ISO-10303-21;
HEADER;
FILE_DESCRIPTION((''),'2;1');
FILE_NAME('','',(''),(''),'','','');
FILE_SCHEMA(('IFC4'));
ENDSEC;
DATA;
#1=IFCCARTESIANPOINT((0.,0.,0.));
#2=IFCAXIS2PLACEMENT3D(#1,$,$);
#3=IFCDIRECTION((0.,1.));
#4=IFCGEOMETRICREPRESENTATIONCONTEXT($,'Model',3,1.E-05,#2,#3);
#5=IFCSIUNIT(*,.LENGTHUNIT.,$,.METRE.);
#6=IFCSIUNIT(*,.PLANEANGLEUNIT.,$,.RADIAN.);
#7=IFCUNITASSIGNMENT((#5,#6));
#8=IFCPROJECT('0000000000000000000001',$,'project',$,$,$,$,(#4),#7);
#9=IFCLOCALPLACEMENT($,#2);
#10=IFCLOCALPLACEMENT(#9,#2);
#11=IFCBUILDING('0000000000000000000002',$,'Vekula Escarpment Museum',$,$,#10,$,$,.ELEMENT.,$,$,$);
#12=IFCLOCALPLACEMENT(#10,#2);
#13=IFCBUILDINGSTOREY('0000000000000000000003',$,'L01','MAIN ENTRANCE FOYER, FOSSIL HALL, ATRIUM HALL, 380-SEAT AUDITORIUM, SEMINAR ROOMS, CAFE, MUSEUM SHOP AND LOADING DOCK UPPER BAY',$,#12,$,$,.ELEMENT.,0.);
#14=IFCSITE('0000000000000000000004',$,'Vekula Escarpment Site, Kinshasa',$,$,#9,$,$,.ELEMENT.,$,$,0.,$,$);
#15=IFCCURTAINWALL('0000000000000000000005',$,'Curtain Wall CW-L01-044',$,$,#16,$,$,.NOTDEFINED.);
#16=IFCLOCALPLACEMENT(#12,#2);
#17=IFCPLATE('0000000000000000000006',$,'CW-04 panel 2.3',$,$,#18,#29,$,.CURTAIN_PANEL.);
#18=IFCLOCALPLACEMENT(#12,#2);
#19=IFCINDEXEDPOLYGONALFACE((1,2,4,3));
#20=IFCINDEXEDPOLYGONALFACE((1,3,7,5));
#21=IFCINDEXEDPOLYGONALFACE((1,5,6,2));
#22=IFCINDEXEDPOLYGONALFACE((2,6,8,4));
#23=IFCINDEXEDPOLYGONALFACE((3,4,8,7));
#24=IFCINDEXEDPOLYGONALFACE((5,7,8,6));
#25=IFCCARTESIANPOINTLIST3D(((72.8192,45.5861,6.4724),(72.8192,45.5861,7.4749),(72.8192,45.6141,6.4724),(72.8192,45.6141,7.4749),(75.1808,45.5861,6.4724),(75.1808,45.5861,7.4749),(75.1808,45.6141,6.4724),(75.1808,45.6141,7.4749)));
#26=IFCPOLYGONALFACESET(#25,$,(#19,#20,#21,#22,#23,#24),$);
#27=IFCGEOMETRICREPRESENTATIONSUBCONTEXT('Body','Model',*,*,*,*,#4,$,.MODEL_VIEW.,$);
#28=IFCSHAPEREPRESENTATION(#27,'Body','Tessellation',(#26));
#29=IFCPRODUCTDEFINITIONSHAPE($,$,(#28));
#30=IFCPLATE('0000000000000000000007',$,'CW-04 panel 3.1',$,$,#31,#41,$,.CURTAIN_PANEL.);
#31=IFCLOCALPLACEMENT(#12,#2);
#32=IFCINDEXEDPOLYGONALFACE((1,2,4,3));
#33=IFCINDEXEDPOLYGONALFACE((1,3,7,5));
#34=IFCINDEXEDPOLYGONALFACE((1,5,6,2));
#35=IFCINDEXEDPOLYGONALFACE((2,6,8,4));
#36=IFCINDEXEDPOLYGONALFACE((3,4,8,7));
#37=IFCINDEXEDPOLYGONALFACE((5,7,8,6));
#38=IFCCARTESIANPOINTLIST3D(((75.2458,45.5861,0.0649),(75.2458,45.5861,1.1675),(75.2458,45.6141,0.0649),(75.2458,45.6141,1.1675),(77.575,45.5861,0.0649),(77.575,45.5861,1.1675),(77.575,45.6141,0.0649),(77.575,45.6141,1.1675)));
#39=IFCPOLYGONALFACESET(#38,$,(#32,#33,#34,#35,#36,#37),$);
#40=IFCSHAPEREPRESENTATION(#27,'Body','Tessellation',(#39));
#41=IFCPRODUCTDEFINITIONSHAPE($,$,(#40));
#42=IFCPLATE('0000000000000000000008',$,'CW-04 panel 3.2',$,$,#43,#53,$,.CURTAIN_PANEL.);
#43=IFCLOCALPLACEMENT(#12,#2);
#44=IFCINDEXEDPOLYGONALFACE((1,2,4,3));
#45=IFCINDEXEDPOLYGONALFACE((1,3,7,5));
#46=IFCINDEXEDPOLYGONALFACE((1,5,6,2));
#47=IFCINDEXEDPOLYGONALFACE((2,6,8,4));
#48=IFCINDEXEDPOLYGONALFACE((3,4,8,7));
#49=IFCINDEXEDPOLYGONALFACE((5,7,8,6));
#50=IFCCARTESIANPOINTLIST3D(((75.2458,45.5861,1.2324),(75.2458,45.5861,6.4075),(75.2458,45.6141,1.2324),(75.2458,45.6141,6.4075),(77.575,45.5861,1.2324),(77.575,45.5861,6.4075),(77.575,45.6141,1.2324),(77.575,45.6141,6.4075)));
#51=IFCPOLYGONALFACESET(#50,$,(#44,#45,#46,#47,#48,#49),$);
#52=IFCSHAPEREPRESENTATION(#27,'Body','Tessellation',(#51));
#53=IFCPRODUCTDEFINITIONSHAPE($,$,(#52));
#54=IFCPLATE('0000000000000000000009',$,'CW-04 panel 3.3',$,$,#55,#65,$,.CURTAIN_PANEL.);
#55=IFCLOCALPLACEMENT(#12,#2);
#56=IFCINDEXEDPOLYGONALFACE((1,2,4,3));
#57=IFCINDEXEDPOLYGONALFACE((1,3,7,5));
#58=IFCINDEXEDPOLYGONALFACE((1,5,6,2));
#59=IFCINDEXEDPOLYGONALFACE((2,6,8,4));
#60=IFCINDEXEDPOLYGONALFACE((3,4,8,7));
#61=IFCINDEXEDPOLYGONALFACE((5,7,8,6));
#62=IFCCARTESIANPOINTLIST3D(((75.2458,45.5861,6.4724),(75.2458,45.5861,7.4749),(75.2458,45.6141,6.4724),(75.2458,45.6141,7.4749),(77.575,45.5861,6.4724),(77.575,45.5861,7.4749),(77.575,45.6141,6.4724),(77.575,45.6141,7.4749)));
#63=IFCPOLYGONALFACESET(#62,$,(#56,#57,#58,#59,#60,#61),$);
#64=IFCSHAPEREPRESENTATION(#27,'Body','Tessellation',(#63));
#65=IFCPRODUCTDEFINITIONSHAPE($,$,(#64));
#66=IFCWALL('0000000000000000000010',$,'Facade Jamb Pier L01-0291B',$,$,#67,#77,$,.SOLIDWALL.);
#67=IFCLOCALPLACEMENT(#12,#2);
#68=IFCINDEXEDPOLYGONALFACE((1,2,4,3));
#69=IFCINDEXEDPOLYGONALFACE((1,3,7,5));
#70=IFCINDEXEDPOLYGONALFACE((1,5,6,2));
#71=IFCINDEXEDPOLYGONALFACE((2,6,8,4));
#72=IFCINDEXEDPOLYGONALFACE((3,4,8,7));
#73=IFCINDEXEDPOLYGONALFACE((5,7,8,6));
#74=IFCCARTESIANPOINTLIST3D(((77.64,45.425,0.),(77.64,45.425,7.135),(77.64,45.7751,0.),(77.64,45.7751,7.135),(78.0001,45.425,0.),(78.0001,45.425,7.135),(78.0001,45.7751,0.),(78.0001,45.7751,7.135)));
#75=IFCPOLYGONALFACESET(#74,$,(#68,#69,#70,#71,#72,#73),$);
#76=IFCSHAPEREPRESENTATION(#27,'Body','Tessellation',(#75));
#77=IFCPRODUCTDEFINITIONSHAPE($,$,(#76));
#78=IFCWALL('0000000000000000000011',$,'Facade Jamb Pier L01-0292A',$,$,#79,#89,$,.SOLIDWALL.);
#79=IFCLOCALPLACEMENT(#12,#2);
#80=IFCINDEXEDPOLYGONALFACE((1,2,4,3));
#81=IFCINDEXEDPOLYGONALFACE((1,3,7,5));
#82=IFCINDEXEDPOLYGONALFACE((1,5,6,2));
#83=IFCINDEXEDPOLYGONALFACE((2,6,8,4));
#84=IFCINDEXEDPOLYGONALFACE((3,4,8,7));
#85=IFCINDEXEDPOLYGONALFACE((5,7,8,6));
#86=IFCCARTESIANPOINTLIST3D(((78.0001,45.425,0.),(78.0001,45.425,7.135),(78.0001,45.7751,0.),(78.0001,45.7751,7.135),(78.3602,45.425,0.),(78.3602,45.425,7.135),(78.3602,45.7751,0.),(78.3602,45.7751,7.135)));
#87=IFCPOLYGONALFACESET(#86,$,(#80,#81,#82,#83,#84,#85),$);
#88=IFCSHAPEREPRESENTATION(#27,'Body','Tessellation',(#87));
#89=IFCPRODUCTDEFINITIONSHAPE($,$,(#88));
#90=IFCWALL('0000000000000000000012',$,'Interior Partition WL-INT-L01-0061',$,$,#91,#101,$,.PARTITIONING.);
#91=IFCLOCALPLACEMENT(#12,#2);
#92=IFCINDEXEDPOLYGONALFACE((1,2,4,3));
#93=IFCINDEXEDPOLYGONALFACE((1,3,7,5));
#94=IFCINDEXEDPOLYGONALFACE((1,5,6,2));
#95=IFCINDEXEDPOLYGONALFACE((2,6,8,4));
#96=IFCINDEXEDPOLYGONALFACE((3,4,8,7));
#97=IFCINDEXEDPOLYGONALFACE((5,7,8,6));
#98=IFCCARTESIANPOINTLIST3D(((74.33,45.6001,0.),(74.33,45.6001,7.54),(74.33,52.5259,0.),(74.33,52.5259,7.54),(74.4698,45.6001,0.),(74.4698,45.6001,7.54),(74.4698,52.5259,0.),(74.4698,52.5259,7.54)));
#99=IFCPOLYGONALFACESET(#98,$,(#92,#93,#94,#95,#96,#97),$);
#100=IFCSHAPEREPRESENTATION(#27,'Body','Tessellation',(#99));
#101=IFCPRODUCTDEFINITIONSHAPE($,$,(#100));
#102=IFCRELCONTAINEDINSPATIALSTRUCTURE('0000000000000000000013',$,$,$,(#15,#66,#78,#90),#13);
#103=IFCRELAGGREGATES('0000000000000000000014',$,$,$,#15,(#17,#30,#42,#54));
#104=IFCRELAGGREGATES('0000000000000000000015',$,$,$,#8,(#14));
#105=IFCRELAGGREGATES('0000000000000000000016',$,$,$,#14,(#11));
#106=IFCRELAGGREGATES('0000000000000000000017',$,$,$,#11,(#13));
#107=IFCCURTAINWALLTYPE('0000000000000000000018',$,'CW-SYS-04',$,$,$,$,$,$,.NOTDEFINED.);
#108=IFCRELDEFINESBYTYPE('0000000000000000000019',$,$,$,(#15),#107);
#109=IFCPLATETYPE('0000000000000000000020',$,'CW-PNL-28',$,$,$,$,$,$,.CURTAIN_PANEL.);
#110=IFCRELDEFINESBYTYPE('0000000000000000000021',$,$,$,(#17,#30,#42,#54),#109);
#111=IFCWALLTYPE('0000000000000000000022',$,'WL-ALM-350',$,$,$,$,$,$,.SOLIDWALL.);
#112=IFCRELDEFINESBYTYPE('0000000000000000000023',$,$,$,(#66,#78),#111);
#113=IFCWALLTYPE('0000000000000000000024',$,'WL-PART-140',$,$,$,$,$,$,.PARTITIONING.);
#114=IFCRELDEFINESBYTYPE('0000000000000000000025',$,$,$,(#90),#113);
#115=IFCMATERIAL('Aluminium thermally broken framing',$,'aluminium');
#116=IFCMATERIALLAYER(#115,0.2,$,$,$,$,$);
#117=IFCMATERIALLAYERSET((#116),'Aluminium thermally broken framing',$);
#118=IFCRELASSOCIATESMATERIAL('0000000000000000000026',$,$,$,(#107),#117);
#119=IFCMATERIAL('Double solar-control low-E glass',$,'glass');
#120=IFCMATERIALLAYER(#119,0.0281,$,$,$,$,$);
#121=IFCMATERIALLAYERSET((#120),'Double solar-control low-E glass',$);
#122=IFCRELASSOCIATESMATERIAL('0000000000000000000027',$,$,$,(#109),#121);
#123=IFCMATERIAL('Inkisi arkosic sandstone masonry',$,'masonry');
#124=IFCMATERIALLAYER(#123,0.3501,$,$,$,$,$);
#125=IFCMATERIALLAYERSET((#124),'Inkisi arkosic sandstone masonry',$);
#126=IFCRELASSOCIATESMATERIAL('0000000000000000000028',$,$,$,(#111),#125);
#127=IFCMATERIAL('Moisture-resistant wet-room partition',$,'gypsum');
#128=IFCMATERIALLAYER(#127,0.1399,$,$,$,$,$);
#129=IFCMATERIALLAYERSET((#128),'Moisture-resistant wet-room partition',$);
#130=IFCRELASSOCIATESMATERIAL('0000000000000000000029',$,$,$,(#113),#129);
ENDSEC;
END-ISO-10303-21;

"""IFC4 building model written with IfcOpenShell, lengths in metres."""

from ifc_helpers import new_model, si_unit, direction, frame, frame_2d, origin, origin_2d, place, context, subcontext, project, spatial, rectangle, extrude, material, layer, layer_set, type_object, element, aggregate, save


model = new_model("IFC4")

# Units and contexts
model_context = context("Model", 3, precision=1e-05, world=origin(), true_north=direction((0.0, 1.0)))
body_context = subcontext(model_context, "Body", "Model", "MODEL_VIEW")
ifc_project = project(units=[si_unit("LENGTHUNIT", "METRE"), si_unit("PLANEANGLEUNIT", "RADIAN")], contexts=[model_context])

# Site, building, storey
site_placement = place(None, origin())
site = spatial("IfcSite", under=ifc_project, at=site_placement, Name="Vekula Escarpment Site, Kinshasa", CompositionType="ELEMENT", RefElevation=0.0)
building_placement = place(site_placement, origin())
building = spatial("IfcBuilding", under=site, at=building_placement, Name="Vekula Escarpment Museum", CompositionType="ELEMENT")
storey_placement = place(building_placement, origin())
storey = spatial("IfcBuildingStorey", under=building, at=storey_placement, Name="L01", Description="MAIN ENTRANCE FOYER, FOSSIL HALL, ATRIUM HALL, 380-SEAT AUDITORIUM, SEMINAR ROOMS, CAFE, MUSEUM SHOP AND LOADING DOCK UPPER BAY", CompositionType="ELEMENT", Elevation=0.0)

# Curtain wall
ifc_material_1 = material(Name="Aluminium thermally broken framing", Category="aluminium")
ifc_layer_1 = layer(ifc_material_1, 0.2)
ifc_layer_set_1 = layer_set([ifc_layer_1], Name="Aluminium thermally broken framing")
curtain_wall_type = type_object("IfcCurtainWallType", Name="CW-SYS-04", PredefinedType="NOTDEFINED", material=ifc_layer_set_1)
curtain_wall_placement = place(storey_placement, origin())
curtain_wall = element("IfcCurtainWall", 1, at=curtain_wall_placement, inside=storey, type_object=curtain_wall_type, Name="Curtain Wall CW-L01-044", PredefinedType="NOTDEFINED")

# Plates
ifc_material_2 = material(Name="Double solar-control low-E glass", Category="glass")
ifc_layer_2 = layer(ifc_material_2, 0.0281)
ifc_layer_set_2 = layer_set([ifc_layer_2], Name="Double solar-control low-E glass")
plate_type = type_object("IfcPlateType", Name="CW-PNL-28", PredefinedType="CURTAIN_PANEL", material=ifc_layer_set_2)
plate_1_placement = place(storey_placement, frame((74.0, 45.6001, 6.4724), z_axis=(0.0, 0.0, 1.0), x_axis=(1.0, 0.0, 0.0)))
plate_1 = element("IfcPlate", 2, at=plate_1_placement, type_object=plate_type, Name="CW-04 panel 2.3", PredefinedType="CURTAIN_PANEL", context=body_context, shape_type="SweptSolid", body=[
    extrude(rectangle(XDim=2.3616, YDim=0.0281, at=origin_2d()), origin(), (0.0, 0.0, 1.0), 1.0024),
])
plate_2_placement = place(storey_placement, frame((76.4104, 45.6001, 0.0649), z_axis=(0.0, 0.0, 1.0), x_axis=(1.0, 0.0, 0.0)))
plate_2 = element("IfcPlate", 3, at=plate_2_placement, type_object=plate_type, Name="CW-04 panel 3.1", PredefinedType="CURTAIN_PANEL", context=body_context, shape_type="SweptSolid", body=[
    extrude(rectangle(XDim=2.3291, YDim=0.0281, at=origin_2d()), origin(), (0.0, 0.0, 1.0), 1.1025),
])
plate_3_placement = place(storey_placement, frame((76.4104, 45.6001, 1.2324), z_axis=(0.0, 0.0, 1.0), x_axis=(1.0, 0.0, 0.0)))
plate_3 = element("IfcPlate", 4, at=plate_3_placement, type_object=plate_type, Name="CW-04 panel 3.2", PredefinedType="CURTAIN_PANEL", context=body_context, shape_type="SweptSolid", body=[
    extrude(rectangle(XDim=2.3291, YDim=0.0281, at=origin_2d()), origin(), (0.0, 0.0, 1.0), 5.175),
])
plate_4_placement = place(storey_placement, frame((76.4104, 45.6001, 6.4724), z_axis=(0.0, 0.0, 1.0), x_axis=(1.0, 0.0, 0.0)))
plate_4 = element("IfcPlate", 5, at=plate_4_placement, type_object=plate_type, Name="CW-04 panel 3.3", PredefinedType="CURTAIN_PANEL", context=body_context, shape_type="SweptSolid", body=[
    extrude(rectangle(XDim=2.3291, YDim=0.0281, at=origin_2d()), origin(), (0.0, 0.0, 1.0), 1.0024),
])
aggregate(curtain_wall, [plate_1, plate_2, plate_3, plate_4])

# Walls
ifc_material_3 = material(Name="Inkisi arkosic sandstone masonry", Category="masonry")
ifc_layer_3 = layer(ifc_material_3, 0.3501)
ifc_layer_set_3 = layer_set([ifc_layer_3], Name="Inkisi arkosic sandstone masonry")
wall_type_1 = type_object("IfcWallType", Name="WL-ALM-350", PredefinedType="SOLIDWALL", material=ifc_layer_set_3)
for number, where, z_axis, x_axis, name in (
    (6, (77.6399, 45.6001, 0.0), (0.0, 0.0, 1.0), (1.0, 0.0, 0.0), "Facade Jamb Pier L01-0291B"),
    (7, (78.0, 45.6001, 0.0), (0.0, 0.0, 1.0), (1.0, 0.0, 0.0), "Facade Jamb Pier L01-0292A"),
):
    element("IfcWall", number, at=place(storey_placement, frame(where, z_axis=z_axis, x_axis=x_axis)), inside=storey, type_object=wall_type_1, Name=name, PredefinedType="SOLIDWALL", context=body_context, shape_type="SweptSolid", body=[
        extrude(rectangle(XDim=0.3601, YDim=0.3501, at=frame_2d((0.1802, 0.0))), origin(), (0.0, 0.0, 1.0), 7.135),
    ])
ifc_material_4 = material(Name="Moisture-resistant wet-room partition", Category="gypsum")
ifc_layer_4 = layer(ifc_material_4, 0.1399)
ifc_layer_set_4 = layer_set([ifc_layer_4], Name="Moisture-resistant wet-room partition")
wall_type_2 = type_object("IfcWallType", Name="WL-PART-140", PredefinedType="PARTITIONING", material=ifc_layer_set_4)
wall_placement = place(storey_placement, frame((74.3999, 45.6001, 0.0), z_axis=(0.0, 0.0, 1.0), x_axis=(0.0, 1.0, 0.0)))
element("IfcWall", 8, at=wall_placement, inside=storey, type_object=wall_type_2, Name="Interior Partition WL-INT-L01-0061", PredefinedType="PARTITIONING", context=body_context, shape_type="SweptSolid", body=[
    extrude(rectangle(XDim=6.9258, YDim=0.1399, at=frame_2d((3.4629, 0.0))), origin(), (0.0, 0.0, 1.0), 7.54),
])

save(model, "model.ifc")
